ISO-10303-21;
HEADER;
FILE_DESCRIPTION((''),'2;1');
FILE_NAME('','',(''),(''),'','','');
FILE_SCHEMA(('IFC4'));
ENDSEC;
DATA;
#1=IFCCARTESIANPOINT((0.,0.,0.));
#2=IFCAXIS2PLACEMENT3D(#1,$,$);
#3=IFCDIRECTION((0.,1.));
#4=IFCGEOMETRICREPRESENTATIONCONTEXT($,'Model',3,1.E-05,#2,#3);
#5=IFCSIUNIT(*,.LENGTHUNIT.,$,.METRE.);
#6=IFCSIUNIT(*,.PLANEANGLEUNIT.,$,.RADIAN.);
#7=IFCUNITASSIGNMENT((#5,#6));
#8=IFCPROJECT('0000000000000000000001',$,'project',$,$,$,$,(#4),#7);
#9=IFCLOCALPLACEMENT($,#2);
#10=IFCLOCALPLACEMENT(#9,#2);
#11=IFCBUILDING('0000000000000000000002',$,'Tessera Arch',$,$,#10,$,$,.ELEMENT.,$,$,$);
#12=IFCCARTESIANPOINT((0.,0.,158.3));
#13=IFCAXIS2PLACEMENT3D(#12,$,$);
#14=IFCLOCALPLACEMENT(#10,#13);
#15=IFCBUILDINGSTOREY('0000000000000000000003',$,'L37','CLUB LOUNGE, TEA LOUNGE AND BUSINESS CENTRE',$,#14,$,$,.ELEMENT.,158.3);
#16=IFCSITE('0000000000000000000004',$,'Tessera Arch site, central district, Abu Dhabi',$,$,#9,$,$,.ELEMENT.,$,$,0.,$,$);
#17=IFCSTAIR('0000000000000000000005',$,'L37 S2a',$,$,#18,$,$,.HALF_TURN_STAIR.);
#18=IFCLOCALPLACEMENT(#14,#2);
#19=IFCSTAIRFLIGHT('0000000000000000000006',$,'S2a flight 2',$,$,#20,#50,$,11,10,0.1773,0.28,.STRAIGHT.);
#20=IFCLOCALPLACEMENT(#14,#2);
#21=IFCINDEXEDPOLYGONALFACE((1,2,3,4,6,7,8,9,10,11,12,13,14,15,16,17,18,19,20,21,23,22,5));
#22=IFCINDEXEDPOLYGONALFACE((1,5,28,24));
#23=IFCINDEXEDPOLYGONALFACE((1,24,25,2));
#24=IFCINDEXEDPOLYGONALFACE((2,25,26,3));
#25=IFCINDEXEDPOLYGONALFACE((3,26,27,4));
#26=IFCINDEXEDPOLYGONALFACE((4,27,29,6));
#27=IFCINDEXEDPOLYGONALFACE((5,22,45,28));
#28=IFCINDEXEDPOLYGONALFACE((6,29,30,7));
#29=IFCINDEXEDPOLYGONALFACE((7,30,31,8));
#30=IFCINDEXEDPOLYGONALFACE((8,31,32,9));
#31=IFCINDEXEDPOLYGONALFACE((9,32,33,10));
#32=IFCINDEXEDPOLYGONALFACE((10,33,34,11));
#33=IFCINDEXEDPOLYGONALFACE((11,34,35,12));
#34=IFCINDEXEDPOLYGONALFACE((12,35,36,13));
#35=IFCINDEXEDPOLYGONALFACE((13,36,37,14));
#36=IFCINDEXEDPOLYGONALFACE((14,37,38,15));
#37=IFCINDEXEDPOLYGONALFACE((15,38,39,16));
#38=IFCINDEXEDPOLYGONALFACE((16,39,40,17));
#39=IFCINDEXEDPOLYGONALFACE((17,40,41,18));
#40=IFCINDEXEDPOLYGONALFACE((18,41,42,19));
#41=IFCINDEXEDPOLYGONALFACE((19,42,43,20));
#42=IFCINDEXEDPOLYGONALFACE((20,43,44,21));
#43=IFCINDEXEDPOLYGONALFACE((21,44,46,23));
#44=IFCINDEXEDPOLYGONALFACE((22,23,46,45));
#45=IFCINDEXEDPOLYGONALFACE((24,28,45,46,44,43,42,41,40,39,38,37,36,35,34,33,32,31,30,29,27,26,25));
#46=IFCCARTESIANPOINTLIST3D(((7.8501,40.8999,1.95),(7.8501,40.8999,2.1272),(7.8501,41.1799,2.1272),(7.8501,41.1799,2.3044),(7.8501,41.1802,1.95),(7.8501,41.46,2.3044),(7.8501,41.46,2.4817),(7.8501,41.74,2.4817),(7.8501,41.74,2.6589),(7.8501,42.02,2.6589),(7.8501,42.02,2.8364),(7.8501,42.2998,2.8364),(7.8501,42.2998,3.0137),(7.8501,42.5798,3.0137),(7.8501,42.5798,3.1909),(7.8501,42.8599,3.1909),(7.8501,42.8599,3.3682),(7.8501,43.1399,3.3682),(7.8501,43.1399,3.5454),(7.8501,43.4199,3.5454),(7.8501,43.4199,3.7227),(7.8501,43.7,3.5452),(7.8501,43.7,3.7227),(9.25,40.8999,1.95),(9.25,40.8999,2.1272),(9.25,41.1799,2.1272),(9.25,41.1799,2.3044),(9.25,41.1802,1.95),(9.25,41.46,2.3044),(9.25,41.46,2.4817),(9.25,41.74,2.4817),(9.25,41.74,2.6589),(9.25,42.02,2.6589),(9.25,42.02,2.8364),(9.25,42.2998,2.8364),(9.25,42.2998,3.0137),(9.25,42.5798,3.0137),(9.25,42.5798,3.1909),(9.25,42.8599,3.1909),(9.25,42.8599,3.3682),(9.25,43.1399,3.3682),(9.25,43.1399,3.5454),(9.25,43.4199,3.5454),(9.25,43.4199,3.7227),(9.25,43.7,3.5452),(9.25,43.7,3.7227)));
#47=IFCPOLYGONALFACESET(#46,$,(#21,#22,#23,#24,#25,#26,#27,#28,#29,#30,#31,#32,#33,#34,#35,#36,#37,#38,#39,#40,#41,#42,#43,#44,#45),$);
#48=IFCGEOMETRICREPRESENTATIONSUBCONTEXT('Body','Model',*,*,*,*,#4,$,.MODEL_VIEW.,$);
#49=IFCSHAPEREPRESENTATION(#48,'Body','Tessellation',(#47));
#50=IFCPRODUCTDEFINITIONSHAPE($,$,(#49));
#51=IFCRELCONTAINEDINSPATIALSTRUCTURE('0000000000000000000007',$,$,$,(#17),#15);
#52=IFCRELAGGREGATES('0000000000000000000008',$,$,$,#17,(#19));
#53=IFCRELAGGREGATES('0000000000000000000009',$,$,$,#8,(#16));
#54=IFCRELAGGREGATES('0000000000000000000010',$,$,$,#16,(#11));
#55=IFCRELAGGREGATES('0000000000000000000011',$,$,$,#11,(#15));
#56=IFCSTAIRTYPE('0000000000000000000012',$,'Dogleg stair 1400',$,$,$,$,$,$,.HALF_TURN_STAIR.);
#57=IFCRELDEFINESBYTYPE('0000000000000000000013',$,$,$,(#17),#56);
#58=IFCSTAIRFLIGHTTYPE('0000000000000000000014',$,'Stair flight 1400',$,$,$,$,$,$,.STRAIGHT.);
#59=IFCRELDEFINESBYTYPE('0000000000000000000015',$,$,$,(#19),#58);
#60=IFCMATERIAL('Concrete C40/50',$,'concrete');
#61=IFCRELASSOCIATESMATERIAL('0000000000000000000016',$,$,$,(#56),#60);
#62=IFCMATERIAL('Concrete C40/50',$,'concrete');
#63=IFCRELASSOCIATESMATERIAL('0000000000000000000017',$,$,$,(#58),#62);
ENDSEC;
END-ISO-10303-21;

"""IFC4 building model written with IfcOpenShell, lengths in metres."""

from ifc_helpers import new_model, si_unit, direction, frame, origin, place, context, subcontext, project, spatial, polyline, outline, extrude, material, type_object, element, aggregate, save


model = new_model("IFC4")

# Units and contexts
model_context = context("Model", 3, precision=1e-05, world=origin(), true_north=direction((0.0, 1.0)))
body_context = subcontext(model_context, "Body", "Model", "MODEL_VIEW")
ifc_project = project(units=[si_unit("LENGTHUNIT", "METRE"), si_unit("PLANEANGLEUNIT", "RADIAN")], contexts=[model_context])

# Site, building, storey
site_placement = place(None, origin())
site = spatial("IfcSite", under=ifc_project, at=site_placement, Name="Tessera Arch site, central district, Abu Dhabi", CompositionType="ELEMENT", RefElevation=0.0)
building_placement = place(site_placement, origin())
building = spatial("IfcBuilding", under=site, at=building_placement, Name="Tessera Arch", CompositionType="ELEMENT")
storey_placement = place(building_placement, frame((0.0, 0.0, 158.3)))
storey = spatial("IfcBuildingStorey", under=building, at=storey_placement, Name="L37", Description="CLUB LOUNGE, TEA LOUNGE AND BUSINESS CENTRE", CompositionType="ELEMENT", Elevation=158.3)

# Stair, stair flight
ifc_material_1 = material(Name="Concrete C40/50", Category="concrete")
stair_type = type_object("IfcStairType", Name="Dogleg stair 1400", PredefinedType="HALF_TURN_STAIR", material=ifc_material_1)
stair_placement = place(storey_placement, origin())
stair = element("IfcStair", 1, at=stair_placement, inside=storey, type_object=stair_type, Name="L37 S2a", PredefinedType="HALF_TURN_STAIR")
ifc_material_2 = material(Name="Concrete C40/50", Category="concrete")
stair_flight_type = type_object("IfcStairFlightType", Name="Stair flight 1400", PredefinedType="STRAIGHT", material=ifc_material_2)
stair_flight_1_placement = place(storey_placement, frame((8.55, 40.8999, 1.95), z_axis=(0.0, 0.0, 1.0), x_axis=(0.0, 1.0, 0.0)))
stair_flight_1 = element("IfcStairFlight", 2, at=stair_flight_1_placement, type_object=stair_flight_type, Name="S2a flight 2", NumberOfRisers=11, NumberOfTreads=10, PredefinedType="STRAIGHT", RiserHeight=0.1773, TreadLength=0.28, context=body_context, shape_type="SweptSolid", body=[
    extrude(outline(polyline([(0.0, 0.0), (0.0, 0.1772), (0.28, 0.1772), (0.28, 0.3545), (0.5601, 0.3545), (0.5601, 0.5317), (0.8401, 0.5317), (0.8401, 0.709), (1.1201, 0.709), (1.1201, 0.8865), (1.3999, 0.8865), (1.3999, 1.0637), (1.6799, 1.0637), (1.6799, 1.241), (1.96, 1.241), (1.96, 1.4182), (2.24, 1.4182), (2.24, 1.5955), (2.52, 1.5955), (2.52, 1.7727), (2.8, 1.7727), (2.8, 1.95), (2.8, 1.5952), (0.2803, 0.0), (0.0, 0.0)])), frame((0.0, 0.7, 0.0), z_axis=(0.0, -1.0, 0.0), x_axis=(1.0, 0.0, 0.0)), (0.0, 0.0, 1.0), 1.3999),
])
aggregate(stair, [stair_flight_1])

save(model, "model.ifc")
